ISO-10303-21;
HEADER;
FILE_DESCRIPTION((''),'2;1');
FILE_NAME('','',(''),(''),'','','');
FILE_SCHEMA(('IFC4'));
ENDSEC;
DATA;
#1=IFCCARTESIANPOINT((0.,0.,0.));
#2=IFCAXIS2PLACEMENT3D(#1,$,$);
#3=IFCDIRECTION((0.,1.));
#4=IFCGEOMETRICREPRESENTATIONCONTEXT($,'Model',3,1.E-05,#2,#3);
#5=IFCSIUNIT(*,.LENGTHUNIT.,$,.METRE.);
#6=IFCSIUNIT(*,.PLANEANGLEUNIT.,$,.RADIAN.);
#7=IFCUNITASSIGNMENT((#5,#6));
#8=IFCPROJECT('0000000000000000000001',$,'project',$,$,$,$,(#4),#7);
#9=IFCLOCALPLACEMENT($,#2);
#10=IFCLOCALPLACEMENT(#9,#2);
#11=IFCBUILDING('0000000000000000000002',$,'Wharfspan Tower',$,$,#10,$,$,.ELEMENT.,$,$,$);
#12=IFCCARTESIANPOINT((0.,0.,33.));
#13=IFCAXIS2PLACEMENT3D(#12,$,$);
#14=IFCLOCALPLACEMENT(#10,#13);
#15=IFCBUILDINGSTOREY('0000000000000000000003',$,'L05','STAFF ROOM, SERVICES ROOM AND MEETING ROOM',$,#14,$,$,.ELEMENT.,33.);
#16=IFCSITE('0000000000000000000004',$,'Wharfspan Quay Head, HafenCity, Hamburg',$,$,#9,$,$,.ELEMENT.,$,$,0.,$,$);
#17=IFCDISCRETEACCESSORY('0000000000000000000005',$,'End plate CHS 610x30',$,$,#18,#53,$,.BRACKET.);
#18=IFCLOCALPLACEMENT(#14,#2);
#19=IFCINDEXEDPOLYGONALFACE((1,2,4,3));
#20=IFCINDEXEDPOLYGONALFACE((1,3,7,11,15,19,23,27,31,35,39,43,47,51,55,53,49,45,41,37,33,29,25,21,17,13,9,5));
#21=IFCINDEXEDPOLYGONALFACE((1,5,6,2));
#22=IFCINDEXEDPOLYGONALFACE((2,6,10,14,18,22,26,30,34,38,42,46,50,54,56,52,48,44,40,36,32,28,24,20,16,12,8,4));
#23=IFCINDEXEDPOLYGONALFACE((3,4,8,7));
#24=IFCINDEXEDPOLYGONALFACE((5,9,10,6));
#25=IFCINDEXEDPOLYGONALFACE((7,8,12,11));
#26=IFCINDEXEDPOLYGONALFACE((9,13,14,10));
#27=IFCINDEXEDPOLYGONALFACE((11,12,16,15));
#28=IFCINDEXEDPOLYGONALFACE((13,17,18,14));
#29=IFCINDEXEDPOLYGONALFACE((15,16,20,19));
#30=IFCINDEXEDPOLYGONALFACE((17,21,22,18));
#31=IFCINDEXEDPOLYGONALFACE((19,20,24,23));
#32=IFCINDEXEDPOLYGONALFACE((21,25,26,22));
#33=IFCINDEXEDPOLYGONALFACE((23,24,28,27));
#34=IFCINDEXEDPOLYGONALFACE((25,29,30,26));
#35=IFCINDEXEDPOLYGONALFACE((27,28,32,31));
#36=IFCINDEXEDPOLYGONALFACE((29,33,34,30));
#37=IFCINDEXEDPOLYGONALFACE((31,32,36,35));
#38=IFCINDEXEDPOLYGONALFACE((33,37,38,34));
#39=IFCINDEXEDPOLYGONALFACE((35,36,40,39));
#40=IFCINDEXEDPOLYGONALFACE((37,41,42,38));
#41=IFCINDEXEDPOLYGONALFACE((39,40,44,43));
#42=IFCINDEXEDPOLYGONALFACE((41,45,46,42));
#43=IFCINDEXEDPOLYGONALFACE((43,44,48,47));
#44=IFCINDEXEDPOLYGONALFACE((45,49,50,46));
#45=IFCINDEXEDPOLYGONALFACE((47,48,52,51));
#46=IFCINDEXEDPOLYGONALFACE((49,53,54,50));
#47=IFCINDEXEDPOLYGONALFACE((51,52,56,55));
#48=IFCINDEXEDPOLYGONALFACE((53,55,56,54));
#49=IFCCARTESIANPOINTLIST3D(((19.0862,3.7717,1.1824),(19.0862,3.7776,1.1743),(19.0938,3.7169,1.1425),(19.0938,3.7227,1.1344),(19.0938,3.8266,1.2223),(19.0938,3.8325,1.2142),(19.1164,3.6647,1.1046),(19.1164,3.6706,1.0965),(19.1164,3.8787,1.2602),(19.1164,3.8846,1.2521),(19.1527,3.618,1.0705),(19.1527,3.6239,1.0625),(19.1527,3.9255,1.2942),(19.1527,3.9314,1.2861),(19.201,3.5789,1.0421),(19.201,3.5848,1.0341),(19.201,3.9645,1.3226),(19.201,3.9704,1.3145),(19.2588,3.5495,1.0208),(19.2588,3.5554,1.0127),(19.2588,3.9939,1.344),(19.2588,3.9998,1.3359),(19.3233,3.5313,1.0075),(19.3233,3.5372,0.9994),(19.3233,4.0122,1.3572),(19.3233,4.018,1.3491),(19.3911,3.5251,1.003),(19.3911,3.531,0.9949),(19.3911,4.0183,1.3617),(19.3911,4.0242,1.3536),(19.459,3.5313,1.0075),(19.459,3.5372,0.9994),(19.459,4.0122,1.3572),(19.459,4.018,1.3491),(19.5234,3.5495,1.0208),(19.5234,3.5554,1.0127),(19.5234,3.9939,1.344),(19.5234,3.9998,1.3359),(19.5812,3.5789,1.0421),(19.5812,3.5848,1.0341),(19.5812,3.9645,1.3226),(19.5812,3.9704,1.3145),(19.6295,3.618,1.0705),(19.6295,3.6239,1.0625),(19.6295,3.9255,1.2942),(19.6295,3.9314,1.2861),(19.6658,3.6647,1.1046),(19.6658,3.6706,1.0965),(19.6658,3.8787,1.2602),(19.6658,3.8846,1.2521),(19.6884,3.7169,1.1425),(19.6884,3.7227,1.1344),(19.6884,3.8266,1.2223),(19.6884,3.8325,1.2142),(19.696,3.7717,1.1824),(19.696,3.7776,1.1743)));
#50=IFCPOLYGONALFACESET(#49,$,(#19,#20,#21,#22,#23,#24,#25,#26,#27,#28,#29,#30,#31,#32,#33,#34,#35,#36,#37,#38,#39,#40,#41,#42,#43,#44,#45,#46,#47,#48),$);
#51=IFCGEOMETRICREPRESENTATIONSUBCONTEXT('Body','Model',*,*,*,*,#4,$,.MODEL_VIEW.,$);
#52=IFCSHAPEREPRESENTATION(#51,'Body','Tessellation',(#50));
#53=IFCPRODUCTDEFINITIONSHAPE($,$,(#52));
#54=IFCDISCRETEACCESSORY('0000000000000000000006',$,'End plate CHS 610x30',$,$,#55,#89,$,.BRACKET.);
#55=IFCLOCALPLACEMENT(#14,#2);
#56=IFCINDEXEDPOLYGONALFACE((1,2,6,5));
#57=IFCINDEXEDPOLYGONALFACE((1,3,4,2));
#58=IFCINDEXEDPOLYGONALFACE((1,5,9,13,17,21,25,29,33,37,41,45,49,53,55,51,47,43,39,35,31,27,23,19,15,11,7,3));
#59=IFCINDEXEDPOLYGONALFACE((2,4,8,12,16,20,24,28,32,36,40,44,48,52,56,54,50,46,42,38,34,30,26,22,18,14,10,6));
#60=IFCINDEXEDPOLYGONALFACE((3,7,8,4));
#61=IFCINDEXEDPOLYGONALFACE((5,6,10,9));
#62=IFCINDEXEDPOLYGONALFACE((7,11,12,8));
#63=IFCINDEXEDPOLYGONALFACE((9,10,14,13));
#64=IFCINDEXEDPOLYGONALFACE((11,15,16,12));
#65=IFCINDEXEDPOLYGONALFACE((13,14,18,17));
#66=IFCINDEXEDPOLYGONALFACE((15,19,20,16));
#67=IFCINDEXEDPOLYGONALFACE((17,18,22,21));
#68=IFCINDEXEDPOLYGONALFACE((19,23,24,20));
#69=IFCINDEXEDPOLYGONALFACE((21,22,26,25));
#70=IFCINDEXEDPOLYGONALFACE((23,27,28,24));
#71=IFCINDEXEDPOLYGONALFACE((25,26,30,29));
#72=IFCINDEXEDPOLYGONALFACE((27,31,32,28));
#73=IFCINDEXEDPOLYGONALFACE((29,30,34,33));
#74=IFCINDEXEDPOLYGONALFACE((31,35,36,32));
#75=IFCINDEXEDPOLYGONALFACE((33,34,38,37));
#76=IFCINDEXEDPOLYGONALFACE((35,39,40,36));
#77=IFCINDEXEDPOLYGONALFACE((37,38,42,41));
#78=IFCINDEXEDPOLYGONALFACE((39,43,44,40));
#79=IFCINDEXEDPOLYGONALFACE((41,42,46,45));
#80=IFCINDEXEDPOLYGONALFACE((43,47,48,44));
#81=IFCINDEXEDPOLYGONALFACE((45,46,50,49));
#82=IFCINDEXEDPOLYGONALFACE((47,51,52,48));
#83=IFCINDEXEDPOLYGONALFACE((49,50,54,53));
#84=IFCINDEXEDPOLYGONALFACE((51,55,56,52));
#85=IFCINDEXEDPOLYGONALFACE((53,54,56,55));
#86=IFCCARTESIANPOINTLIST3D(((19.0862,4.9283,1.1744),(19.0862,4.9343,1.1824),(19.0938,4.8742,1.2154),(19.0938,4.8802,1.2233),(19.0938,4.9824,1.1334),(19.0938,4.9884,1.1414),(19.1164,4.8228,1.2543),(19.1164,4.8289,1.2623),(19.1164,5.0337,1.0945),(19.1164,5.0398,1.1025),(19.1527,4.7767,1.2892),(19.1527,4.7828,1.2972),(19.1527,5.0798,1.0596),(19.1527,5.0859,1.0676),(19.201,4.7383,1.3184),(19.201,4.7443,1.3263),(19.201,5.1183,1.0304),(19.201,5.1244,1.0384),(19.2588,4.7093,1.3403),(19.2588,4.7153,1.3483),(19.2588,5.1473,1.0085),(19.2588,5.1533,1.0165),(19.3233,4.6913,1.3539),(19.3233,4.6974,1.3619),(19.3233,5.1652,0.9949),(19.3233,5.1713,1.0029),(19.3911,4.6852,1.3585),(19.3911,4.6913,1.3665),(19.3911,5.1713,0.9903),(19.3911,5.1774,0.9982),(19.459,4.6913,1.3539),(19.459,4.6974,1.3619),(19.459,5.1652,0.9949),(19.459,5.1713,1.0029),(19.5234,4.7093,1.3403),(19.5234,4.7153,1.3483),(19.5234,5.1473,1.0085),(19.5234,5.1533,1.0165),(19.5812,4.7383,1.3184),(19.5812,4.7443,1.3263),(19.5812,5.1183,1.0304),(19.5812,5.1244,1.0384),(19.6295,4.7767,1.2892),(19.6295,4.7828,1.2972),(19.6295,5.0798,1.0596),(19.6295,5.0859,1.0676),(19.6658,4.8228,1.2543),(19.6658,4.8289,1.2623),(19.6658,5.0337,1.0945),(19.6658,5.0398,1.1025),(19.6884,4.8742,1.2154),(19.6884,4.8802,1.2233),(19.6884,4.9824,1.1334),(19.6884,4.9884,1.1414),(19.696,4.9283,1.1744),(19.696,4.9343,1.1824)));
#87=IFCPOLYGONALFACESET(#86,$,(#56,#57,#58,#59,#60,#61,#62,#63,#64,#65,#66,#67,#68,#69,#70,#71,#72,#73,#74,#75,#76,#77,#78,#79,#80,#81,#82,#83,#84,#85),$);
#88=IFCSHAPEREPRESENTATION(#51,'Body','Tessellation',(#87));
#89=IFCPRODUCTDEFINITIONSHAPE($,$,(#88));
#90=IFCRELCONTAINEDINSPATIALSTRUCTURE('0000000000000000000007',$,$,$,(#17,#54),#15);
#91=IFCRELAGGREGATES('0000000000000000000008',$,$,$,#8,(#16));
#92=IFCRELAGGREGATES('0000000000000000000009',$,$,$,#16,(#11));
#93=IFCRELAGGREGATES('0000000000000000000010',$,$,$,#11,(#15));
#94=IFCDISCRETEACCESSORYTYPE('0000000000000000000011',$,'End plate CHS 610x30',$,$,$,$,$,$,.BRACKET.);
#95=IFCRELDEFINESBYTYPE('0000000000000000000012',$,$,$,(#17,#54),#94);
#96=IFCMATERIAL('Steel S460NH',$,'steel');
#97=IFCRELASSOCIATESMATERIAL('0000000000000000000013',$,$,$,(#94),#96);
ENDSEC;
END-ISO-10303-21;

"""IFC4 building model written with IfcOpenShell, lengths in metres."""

from ifc_helpers import new_model, si_unit, direction, frame, origin, origin_2d, place, context, subcontext, project, spatial, circle, extrude, material, material_profile, profile_set, type_object, element, save


model = new_model("IFC4")

# Units and contexts
model_context = context("Model", 3, precision=1e-05, world=origin(), true_north=direction((0.0, 1.0)))
body_context = subcontext(model_context, "Body", "Model", "MODEL_VIEW")
ifc_project = project(units=[si_unit("LENGTHUNIT", "METRE"), si_unit("PLANEANGLEUNIT", "RADIAN")], contexts=[model_context])

# Site, building, storey
site_placement = place(None, origin())
site = spatial("IfcSite", under=ifc_project, at=site_placement, Name="Wharfspan Quay Head, HafenCity, Hamburg", CompositionType="ELEMENT", RefElevation=0.0)
building_placement = place(site_placement, origin())
building = spatial("IfcBuilding", under=site, at=building_placement, Name="Wharfspan Tower", CompositionType="ELEMENT")
storey_placement = place(building_placement, frame((0.0, 0.0, 33.0)))
storey = spatial("IfcBuildingStorey", under=building, at=storey_placement, Name="L05", Description="STAFF ROOM, SERVICES ROOM AND MEETING ROOM", CompositionType="ELEMENT", Elevation=33.0)

# Shared definitions
ifc_material_1 = material(Name="Steel S460NH", Category="steel")

# Discrete accessories
ifc_material_profile_1 = material_profile(ifc_material_1, circle(Radius=0.3049, at=origin_2d()))
ifc_profile_set_1 = profile_set([ifc_material_profile_1], Name="Steel S460NH")
discrete_accessory_type = type_object("IfcDiscreteAccessoryType", Name="End plate CHS 610x30", PredefinedType="BRACKET", material=ifc_profile_set_1)
for number, where, z_axis, x_axis, name in (
    (1, (19.3911, 3.7717, 1.1824), (0.0, 0.588172, -0.808736), (-1.0, 0.0, 0.0), "End plate CHS 610x30"),
    (2, (19.3911, 4.9343, 1.1824), (0.0, -0.603858, -0.797092), (1.0, 0.0, 0.0), "End plate CHS 610x30"),
):
    element("IfcDiscreteAccessory", number, at=place(storey_placement, frame(where, z_axis=z_axis, x_axis=x_axis)), inside=storey, type_object=discrete_accessory_type, Name=name, PredefinedType="BRACKET", context=body_context, shape_type="SweptSolid", body=[
        extrude(circle(Radius=0.3049, at=origin_2d()), origin(), (0.0, 0.0, 1.0), 0.01),
    ])

save(model, "model.ifc")
